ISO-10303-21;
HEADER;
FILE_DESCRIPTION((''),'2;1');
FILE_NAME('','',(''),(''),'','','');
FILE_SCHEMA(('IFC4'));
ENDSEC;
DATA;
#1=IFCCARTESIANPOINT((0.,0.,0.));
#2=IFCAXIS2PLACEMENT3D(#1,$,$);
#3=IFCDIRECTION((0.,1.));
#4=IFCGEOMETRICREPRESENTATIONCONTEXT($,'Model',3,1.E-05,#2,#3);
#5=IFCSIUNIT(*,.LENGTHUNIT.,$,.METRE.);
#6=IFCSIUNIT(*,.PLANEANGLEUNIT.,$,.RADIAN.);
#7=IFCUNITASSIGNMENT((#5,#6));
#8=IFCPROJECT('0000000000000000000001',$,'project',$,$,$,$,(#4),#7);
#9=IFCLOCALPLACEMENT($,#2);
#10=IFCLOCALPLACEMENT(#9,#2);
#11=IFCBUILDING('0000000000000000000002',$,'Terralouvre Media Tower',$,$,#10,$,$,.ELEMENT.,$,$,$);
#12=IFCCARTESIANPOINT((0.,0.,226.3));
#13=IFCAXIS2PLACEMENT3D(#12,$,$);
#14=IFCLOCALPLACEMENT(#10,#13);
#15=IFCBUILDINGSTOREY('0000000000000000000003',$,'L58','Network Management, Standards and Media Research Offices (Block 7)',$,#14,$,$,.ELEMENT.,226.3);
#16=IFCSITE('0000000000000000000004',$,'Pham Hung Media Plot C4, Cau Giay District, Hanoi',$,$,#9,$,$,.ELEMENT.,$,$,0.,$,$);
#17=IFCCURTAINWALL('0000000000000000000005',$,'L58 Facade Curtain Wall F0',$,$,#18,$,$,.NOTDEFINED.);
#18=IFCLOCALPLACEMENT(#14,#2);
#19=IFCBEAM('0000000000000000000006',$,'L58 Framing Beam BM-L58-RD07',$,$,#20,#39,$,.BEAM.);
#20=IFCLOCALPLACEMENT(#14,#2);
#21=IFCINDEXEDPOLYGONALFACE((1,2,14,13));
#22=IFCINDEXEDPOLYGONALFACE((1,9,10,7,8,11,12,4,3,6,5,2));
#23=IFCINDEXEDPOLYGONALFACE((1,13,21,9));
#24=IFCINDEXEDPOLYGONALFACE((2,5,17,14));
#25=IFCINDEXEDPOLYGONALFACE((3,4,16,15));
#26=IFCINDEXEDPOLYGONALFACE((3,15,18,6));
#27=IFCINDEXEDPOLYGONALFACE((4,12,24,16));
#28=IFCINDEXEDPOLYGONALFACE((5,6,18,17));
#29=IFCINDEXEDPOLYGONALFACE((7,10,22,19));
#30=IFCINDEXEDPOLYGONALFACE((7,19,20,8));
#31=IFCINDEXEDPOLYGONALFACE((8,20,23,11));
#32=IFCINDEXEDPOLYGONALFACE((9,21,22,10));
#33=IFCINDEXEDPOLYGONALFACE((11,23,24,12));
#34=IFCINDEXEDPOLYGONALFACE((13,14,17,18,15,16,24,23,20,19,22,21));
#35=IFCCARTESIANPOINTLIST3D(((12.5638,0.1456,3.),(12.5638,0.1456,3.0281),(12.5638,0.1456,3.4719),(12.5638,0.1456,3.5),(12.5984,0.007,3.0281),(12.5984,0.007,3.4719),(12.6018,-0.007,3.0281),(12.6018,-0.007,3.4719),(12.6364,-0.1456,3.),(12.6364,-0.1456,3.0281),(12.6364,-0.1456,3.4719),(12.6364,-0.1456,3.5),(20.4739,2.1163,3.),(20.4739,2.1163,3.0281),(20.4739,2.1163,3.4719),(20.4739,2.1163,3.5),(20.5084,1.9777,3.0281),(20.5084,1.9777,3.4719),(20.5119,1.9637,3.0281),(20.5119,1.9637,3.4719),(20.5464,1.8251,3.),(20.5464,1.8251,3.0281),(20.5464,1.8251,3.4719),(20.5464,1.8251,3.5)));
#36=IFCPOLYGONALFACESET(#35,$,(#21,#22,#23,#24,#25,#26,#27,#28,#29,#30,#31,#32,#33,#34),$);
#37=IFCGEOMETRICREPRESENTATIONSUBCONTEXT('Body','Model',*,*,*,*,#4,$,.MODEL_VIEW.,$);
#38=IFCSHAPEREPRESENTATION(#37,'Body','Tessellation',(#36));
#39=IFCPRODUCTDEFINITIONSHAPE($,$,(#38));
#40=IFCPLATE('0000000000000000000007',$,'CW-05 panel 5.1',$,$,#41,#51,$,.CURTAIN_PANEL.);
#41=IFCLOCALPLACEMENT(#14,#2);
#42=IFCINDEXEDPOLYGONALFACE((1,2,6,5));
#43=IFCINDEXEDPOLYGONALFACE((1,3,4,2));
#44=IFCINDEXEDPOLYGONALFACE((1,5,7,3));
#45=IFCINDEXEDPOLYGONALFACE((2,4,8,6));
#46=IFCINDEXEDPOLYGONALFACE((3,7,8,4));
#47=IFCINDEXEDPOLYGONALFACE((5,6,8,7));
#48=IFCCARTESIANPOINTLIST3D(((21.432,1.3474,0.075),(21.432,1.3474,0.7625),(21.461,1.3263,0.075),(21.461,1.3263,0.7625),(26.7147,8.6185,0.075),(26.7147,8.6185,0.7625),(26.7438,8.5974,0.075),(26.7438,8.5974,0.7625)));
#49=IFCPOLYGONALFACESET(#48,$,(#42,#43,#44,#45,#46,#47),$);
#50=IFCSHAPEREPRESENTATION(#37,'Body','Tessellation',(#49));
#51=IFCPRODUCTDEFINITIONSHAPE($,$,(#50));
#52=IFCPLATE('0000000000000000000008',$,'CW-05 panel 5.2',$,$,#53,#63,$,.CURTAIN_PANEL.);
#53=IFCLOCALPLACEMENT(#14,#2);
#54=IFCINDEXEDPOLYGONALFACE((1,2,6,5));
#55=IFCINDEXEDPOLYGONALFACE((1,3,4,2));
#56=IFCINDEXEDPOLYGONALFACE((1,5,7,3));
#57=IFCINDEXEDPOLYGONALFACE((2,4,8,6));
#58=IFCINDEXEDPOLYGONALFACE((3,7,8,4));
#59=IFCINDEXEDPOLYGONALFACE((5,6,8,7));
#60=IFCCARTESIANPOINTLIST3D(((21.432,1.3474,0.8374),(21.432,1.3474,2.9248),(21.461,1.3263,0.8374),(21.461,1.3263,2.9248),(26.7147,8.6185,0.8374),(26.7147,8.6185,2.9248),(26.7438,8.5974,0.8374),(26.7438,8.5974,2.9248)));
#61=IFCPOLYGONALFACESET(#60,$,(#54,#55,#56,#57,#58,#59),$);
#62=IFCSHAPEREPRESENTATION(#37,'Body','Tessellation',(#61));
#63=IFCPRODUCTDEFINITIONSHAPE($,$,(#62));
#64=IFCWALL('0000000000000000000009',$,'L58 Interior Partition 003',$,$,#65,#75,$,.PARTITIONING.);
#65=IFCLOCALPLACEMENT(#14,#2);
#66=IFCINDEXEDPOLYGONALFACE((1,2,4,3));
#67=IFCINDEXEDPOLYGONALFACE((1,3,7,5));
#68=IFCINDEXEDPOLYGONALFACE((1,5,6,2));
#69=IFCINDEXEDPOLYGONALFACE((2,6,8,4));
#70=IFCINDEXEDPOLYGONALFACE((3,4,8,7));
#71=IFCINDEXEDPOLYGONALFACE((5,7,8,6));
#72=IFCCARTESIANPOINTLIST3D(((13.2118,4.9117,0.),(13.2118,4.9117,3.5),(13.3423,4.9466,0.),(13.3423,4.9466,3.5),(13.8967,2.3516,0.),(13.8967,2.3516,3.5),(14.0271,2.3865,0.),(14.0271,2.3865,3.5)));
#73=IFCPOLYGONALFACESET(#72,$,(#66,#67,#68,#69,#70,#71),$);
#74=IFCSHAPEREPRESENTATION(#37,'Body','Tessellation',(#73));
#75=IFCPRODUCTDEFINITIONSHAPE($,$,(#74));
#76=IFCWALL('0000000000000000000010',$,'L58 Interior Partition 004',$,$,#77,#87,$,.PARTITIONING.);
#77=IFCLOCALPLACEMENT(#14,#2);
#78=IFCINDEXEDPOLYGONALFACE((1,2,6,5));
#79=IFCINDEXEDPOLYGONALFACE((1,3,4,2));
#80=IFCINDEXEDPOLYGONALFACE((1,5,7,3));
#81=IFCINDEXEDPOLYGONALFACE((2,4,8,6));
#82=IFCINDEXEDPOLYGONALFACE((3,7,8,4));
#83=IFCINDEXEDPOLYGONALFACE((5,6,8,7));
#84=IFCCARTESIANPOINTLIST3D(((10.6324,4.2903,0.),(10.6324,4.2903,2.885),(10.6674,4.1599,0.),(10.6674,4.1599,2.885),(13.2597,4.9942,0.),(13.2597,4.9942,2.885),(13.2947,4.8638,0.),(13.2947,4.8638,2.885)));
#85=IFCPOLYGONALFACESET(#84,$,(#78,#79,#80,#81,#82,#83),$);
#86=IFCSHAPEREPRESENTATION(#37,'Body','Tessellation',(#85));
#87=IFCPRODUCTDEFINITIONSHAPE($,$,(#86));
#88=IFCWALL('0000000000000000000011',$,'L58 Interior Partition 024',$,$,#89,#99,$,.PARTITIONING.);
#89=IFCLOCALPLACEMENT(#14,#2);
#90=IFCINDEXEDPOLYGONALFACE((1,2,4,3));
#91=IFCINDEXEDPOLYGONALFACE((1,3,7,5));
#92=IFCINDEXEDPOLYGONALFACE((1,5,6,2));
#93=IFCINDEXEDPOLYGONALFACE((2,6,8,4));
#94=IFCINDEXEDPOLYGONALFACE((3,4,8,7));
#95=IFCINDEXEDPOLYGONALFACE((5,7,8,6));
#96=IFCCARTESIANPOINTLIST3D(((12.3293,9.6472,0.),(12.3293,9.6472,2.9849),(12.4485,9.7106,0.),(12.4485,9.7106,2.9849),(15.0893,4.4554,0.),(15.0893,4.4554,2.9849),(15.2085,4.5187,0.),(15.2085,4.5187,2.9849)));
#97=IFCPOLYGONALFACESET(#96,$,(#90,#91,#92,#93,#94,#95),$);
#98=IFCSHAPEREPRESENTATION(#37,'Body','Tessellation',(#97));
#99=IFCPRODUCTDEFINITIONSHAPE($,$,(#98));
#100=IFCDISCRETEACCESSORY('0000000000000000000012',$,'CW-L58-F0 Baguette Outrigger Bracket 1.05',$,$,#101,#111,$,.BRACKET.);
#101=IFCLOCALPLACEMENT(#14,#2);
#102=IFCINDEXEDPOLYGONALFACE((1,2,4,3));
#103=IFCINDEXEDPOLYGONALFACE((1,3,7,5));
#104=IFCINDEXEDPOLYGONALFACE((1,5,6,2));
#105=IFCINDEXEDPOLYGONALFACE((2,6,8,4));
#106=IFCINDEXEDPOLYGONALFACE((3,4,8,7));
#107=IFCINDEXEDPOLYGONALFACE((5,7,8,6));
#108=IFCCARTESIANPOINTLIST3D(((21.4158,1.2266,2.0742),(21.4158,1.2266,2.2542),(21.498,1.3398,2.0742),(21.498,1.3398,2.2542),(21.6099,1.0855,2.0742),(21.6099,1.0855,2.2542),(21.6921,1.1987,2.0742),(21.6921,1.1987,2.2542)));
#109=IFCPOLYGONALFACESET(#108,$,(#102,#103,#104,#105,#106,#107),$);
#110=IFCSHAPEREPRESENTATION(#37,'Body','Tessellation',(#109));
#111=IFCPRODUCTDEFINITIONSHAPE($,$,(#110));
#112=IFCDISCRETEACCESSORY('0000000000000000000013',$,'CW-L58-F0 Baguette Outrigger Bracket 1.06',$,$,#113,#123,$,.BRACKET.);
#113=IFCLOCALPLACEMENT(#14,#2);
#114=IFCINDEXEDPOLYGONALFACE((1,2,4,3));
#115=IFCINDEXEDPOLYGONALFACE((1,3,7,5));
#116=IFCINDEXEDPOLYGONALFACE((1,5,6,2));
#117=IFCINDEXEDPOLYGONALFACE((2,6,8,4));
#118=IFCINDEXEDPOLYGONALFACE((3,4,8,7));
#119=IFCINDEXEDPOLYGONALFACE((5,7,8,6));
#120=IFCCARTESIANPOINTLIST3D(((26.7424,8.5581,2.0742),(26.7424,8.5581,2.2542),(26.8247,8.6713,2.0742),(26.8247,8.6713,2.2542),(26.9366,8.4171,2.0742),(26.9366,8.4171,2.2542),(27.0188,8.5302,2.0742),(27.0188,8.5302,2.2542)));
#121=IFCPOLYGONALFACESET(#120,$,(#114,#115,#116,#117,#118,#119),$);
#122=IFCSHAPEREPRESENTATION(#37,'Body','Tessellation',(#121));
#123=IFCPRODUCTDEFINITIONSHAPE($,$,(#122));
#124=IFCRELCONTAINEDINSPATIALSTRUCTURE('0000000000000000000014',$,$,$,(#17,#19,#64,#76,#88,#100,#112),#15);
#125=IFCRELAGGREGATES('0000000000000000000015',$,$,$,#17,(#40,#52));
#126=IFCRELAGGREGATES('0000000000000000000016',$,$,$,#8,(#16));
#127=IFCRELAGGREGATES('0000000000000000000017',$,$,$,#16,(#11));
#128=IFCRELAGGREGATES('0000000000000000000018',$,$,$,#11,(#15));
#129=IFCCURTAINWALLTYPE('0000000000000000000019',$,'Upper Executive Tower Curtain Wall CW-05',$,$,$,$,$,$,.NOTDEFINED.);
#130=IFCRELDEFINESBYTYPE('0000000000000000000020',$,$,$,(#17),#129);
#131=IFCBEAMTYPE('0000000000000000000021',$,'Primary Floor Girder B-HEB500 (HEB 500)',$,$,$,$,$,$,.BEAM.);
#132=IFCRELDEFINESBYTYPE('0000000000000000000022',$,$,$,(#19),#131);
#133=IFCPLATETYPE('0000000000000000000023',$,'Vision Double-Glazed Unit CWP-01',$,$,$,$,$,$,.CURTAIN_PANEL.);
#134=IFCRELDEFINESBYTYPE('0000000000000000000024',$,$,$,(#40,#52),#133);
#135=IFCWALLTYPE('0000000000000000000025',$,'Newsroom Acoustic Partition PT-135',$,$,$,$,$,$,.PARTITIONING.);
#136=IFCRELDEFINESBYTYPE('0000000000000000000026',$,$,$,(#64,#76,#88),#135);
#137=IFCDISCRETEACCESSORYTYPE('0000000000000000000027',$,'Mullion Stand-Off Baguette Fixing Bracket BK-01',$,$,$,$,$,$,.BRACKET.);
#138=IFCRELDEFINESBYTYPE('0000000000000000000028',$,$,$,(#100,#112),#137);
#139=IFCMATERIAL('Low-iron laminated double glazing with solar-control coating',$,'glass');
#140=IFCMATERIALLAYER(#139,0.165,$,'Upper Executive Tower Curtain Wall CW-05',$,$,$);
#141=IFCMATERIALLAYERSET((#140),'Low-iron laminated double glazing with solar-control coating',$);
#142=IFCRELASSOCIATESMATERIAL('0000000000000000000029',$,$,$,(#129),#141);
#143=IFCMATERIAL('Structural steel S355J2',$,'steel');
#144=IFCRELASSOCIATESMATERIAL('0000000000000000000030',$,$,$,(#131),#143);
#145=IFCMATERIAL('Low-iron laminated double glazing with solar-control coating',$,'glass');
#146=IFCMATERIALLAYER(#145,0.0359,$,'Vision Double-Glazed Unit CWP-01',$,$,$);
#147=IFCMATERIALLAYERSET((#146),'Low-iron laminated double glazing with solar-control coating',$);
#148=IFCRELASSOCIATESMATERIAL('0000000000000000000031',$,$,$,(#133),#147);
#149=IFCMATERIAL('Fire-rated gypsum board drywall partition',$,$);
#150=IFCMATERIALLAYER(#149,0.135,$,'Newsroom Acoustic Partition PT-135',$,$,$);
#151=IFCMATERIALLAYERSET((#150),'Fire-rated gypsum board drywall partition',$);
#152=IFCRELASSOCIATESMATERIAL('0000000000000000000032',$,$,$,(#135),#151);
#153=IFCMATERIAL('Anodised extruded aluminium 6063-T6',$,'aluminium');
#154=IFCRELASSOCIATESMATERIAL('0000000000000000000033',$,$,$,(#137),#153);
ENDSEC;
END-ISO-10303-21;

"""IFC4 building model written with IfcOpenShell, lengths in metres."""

from ifc_helpers import new_model, si_unit, direction, frame, frame_2d, origin, origin_2d, place, context, subcontext, project, spatial, rectangle, i_section, extrude, material, layer, layer_set, material_profile, profile_set, type_object, element, aggregate, save


model = new_model("IFC4")

# Units and contexts
model_context = context("Model", 3, precision=1e-05, world=origin(), true_north=direction((0.0, 1.0)))
body_context = subcontext(model_context, "Body", "Model", "MODEL_VIEW")
ifc_project = project(units=[si_unit("LENGTHUNIT", "METRE"), si_unit("PLANEANGLEUNIT", "RADIAN")], contexts=[model_context])

# Site, building, storey
site_placement = place(None, origin())
site = spatial("IfcSite", under=ifc_project, at=site_placement, Name="Pham Hung Media Plot C4, Cau Giay District, Hanoi", CompositionType="ELEMENT", RefElevation=0.0)
building_placement = place(site_placement, origin())
building = spatial("IfcBuilding", under=site, at=building_placement, Name="Terralouvre Media Tower", CompositionType="ELEMENT")
storey_placement = place(building_placement, frame((0.0, 0.0, 226.3)))
storey = spatial("IfcBuildingStorey", under=building, at=storey_placement, Name="L58", Description="Network Management, Standards and Media Research Offices (Block 7)", CompositionType="ELEMENT", Elevation=226.3)

# Curtain wall
ifc_material_1 = material(Name="Low-iron laminated double glazing with solar-control coating", Category="glass")
ifc_layer_1 = layer(ifc_material_1, 0.165, Name="Upper Executive Tower Curtain Wall CW-05")
ifc_layer_set_1 = layer_set([ifc_layer_1], Name="Low-iron laminated double glazing with solar-control coating")
curtain_wall_type_1 = type_object("IfcCurtainWallType", Name="Upper Executive Tower Curtain Wall CW-05", PredefinedType="NOTDEFINED", material=ifc_layer_set_1)
curtain_wall_1_placement = place(storey_placement, origin())
curtain_wall_1 = element("IfcCurtainWall", 1, at=curtain_wall_1_placement, inside=storey, type_object=curtain_wall_type_1, Name="L58 Facade Curtain Wall F0", PredefinedType="NOTDEFINED")

# Beam
ifc_material_2 = material(Name="Structural steel S355J2", Category="steel")
ifc_material_profile_1 = material_profile(ifc_material_2, i_section(OverallWidth=0.3, OverallDepth=0.5, WebThickness=0.0144, FlangeThickness=0.0281, at=origin_2d()), Name="HEB 500")
ifc_profile_set_1 = profile_set([ifc_material_profile_1], Name="Structural steel S355J2")
beam_type_1 = type_object("IfcBeamType", Name="Primary Floor Girder B-HEB500 (HEB 500)", PredefinedType="BEAM", material=ifc_profile_set_1)
beam_1_placement = place(storey_placement, frame((12.6001, 0.0, 3.25), z_axis=(0.970339, 0.241746, 0.0), x_axis=(-0.241746, 0.970339, 0.0)))
element("IfcBeam", 2, at=beam_1_placement, inside=storey, type_object=beam_type_1, Name="L58 Framing Beam BM-L58-RD07", PredefinedType="BEAM", context=body_context, shape_type="SweptSolid", body=[
    extrude(i_section(OverallWidth=0.3, OverallDepth=0.5, WebThickness=0.0144, FlangeThickness=0.0281, at=origin_2d()), origin(), (0.0, 0.0, 1.0), 8.1519),
])

# Plates
ifc_material_3 = material(Name="Low-iron laminated double glazing with solar-control coating", Category="glass")
ifc_layer_2 = layer(ifc_material_3, 0.0359, Name="Vision Double-Glazed Unit CWP-01")
ifc_layer_set_2 = layer_set([ifc_layer_2], Name="Low-iron laminated double glazing with solar-control coating")
plate_type = type_object("IfcPlateType", Name="Vision Double-Glazed Unit CWP-01", PredefinedType="CURTAIN_PANEL", material=ifc_layer_set_2)
plate_1_placement = place(storey_placement, frame((24.0879, 4.9724, 0.075), z_axis=(0.0, 0.0, 1.0), x_axis=(0.587785, 0.809017, 0.0)))
plate_1 = element("IfcPlate", 3, at=plate_1_placement, type_object=plate_type, Name="CW-05 panel 5.1", PredefinedType="CURTAIN_PANEL", context=body_context, shape_type="SweptSolid", body=[
    extrude(rectangle(XDim=8.9875, YDim=0.0359, at=origin_2d()), origin(), (0.0, 0.0, 1.0), 0.6875),
])
plate_2_placement = place(storey_placement, frame((24.0879, 4.9724, 0.8374), z_axis=(0.0, 0.0, 1.0), x_axis=(0.587785, 0.809017, 0.0)))
plate_2 = element("IfcPlate", 4, at=plate_2_placement, type_object=plate_type, Name="CW-05 panel 5.2", PredefinedType="CURTAIN_PANEL", context=body_context, shape_type="SweptSolid", body=[
    extrude(rectangle(XDim=8.9875, YDim=0.0359, at=origin_2d()), origin(), (0.0, 0.0, 1.0), 2.0874),
])
aggregate(curtain_wall_1, [plate_1, plate_2])

# Walls
ifc_material_4 = material(Name="Fire-rated gypsum board drywall partition")
ifc_layer_3 = layer(ifc_material_4, 0.135, Name="Newsroom Acoustic Partition PT-135")
ifc_layer_set_3 = layer_set([ifc_layer_3], Name="Fire-rated gypsum board drywall partition")
wall_type = type_object("IfcWallType", Name="Newsroom Acoustic Partition PT-135", PredefinedType="PARTITIONING", material=ifc_layer_set_3)
wall_1_placement = place(storey_placement, frame((13.9619, 2.3689, 0.0), z_axis=(0.0, 0.0, 1.0), x_axis=(-0.258414, 0.966034, 0.0)))
element("IfcWall", 5, at=wall_1_placement, inside=storey, type_object=wall_type, Name="L58 Interior Partition 003", PredefinedType="PARTITIONING", context=body_context, shape_type="SweptSolid", body=[
    extrude(rectangle(XDim=2.6501, YDim=0.135, at=frame_2d((1.3252, 0.0))), origin(), (0.0, 0.0, 1.0), 3.5),
])
wall_2_placement = place(storey_placement, frame((13.2771, 4.929, 0.0), z_axis=(0.0, 0.0, 1.0), x_axis=(-0.965935, -0.258785, 0.0)))
element("IfcWall", 6, at=wall_2_placement, inside=storey, type_object=wall_type, Name="L58 Interior Partition 004", PredefinedType="PARTITIONING", context=body_context, shape_type="SweptSolid", body=[
    extrude(rectangle(XDim=2.72, YDim=0.135, at=frame_2d((1.3599, 0.0))), origin(), (0.0, 0.0, 1.0), 2.885),
])
wall_3_placement = place(storey_placement, frame((15.1489, 4.4871, 0.0), z_axis=(0.0, 0.0, 1.0), x_axis=(-0.469396, 0.882988, 0.0)))
element("IfcWall", 7, at=wall_3_placement, inside=storey, type_object=wall_type, Name="L58 Interior Partition 024", PredefinedType="PARTITIONING", context=body_context, shape_type="SweptSolid", body=[
    extrude(rectangle(XDim=5.8799, YDim=0.135, at=frame_2d((2.9399, 0.0))), origin(), (0.0, 0.0, 1.0), 2.9849),
])

# Discrete accessories
ifc_material_5 = material(Name="Anodised extruded aluminium 6063-T6", Category="aluminium")
discrete_accessory_type = type_object("IfcDiscreteAccessoryType", Name="Mullion Stand-Off Baguette Fixing Bracket BK-01", PredefinedType="BRACKET", material=ifc_material_5)
for number, where, z_axis, x_axis, name in (
    (8, (21.554, 1.2126, 2.0742), (0.0, 0.0, 1.0), (0.587785, 0.809017, 0.0), "CW-L58-F0 Baguette Outrigger Bracket 1.05"),
    (9, (26.8806, 8.5442, 2.0742), (0.0, 0.0, 1.0), (0.587785, 0.809017, 0.0), "CW-L58-F0 Baguette Outrigger Bracket 1.06"),
):
    element("IfcDiscreteAccessory", number, at=place(storey_placement, frame(where, z_axis=z_axis, x_axis=x_axis)), inside=storey, type_object=discrete_accessory_type, Name=name, PredefinedType="BRACKET", context=body_context, shape_type="SweptSolid", body=[
        extrude(rectangle(XDim=0.1399, YDim=0.24, at=origin_2d()), origin(), (0.0, 0.0, 1.0), 0.1799),
    ])

save(model, "model.ifc")
